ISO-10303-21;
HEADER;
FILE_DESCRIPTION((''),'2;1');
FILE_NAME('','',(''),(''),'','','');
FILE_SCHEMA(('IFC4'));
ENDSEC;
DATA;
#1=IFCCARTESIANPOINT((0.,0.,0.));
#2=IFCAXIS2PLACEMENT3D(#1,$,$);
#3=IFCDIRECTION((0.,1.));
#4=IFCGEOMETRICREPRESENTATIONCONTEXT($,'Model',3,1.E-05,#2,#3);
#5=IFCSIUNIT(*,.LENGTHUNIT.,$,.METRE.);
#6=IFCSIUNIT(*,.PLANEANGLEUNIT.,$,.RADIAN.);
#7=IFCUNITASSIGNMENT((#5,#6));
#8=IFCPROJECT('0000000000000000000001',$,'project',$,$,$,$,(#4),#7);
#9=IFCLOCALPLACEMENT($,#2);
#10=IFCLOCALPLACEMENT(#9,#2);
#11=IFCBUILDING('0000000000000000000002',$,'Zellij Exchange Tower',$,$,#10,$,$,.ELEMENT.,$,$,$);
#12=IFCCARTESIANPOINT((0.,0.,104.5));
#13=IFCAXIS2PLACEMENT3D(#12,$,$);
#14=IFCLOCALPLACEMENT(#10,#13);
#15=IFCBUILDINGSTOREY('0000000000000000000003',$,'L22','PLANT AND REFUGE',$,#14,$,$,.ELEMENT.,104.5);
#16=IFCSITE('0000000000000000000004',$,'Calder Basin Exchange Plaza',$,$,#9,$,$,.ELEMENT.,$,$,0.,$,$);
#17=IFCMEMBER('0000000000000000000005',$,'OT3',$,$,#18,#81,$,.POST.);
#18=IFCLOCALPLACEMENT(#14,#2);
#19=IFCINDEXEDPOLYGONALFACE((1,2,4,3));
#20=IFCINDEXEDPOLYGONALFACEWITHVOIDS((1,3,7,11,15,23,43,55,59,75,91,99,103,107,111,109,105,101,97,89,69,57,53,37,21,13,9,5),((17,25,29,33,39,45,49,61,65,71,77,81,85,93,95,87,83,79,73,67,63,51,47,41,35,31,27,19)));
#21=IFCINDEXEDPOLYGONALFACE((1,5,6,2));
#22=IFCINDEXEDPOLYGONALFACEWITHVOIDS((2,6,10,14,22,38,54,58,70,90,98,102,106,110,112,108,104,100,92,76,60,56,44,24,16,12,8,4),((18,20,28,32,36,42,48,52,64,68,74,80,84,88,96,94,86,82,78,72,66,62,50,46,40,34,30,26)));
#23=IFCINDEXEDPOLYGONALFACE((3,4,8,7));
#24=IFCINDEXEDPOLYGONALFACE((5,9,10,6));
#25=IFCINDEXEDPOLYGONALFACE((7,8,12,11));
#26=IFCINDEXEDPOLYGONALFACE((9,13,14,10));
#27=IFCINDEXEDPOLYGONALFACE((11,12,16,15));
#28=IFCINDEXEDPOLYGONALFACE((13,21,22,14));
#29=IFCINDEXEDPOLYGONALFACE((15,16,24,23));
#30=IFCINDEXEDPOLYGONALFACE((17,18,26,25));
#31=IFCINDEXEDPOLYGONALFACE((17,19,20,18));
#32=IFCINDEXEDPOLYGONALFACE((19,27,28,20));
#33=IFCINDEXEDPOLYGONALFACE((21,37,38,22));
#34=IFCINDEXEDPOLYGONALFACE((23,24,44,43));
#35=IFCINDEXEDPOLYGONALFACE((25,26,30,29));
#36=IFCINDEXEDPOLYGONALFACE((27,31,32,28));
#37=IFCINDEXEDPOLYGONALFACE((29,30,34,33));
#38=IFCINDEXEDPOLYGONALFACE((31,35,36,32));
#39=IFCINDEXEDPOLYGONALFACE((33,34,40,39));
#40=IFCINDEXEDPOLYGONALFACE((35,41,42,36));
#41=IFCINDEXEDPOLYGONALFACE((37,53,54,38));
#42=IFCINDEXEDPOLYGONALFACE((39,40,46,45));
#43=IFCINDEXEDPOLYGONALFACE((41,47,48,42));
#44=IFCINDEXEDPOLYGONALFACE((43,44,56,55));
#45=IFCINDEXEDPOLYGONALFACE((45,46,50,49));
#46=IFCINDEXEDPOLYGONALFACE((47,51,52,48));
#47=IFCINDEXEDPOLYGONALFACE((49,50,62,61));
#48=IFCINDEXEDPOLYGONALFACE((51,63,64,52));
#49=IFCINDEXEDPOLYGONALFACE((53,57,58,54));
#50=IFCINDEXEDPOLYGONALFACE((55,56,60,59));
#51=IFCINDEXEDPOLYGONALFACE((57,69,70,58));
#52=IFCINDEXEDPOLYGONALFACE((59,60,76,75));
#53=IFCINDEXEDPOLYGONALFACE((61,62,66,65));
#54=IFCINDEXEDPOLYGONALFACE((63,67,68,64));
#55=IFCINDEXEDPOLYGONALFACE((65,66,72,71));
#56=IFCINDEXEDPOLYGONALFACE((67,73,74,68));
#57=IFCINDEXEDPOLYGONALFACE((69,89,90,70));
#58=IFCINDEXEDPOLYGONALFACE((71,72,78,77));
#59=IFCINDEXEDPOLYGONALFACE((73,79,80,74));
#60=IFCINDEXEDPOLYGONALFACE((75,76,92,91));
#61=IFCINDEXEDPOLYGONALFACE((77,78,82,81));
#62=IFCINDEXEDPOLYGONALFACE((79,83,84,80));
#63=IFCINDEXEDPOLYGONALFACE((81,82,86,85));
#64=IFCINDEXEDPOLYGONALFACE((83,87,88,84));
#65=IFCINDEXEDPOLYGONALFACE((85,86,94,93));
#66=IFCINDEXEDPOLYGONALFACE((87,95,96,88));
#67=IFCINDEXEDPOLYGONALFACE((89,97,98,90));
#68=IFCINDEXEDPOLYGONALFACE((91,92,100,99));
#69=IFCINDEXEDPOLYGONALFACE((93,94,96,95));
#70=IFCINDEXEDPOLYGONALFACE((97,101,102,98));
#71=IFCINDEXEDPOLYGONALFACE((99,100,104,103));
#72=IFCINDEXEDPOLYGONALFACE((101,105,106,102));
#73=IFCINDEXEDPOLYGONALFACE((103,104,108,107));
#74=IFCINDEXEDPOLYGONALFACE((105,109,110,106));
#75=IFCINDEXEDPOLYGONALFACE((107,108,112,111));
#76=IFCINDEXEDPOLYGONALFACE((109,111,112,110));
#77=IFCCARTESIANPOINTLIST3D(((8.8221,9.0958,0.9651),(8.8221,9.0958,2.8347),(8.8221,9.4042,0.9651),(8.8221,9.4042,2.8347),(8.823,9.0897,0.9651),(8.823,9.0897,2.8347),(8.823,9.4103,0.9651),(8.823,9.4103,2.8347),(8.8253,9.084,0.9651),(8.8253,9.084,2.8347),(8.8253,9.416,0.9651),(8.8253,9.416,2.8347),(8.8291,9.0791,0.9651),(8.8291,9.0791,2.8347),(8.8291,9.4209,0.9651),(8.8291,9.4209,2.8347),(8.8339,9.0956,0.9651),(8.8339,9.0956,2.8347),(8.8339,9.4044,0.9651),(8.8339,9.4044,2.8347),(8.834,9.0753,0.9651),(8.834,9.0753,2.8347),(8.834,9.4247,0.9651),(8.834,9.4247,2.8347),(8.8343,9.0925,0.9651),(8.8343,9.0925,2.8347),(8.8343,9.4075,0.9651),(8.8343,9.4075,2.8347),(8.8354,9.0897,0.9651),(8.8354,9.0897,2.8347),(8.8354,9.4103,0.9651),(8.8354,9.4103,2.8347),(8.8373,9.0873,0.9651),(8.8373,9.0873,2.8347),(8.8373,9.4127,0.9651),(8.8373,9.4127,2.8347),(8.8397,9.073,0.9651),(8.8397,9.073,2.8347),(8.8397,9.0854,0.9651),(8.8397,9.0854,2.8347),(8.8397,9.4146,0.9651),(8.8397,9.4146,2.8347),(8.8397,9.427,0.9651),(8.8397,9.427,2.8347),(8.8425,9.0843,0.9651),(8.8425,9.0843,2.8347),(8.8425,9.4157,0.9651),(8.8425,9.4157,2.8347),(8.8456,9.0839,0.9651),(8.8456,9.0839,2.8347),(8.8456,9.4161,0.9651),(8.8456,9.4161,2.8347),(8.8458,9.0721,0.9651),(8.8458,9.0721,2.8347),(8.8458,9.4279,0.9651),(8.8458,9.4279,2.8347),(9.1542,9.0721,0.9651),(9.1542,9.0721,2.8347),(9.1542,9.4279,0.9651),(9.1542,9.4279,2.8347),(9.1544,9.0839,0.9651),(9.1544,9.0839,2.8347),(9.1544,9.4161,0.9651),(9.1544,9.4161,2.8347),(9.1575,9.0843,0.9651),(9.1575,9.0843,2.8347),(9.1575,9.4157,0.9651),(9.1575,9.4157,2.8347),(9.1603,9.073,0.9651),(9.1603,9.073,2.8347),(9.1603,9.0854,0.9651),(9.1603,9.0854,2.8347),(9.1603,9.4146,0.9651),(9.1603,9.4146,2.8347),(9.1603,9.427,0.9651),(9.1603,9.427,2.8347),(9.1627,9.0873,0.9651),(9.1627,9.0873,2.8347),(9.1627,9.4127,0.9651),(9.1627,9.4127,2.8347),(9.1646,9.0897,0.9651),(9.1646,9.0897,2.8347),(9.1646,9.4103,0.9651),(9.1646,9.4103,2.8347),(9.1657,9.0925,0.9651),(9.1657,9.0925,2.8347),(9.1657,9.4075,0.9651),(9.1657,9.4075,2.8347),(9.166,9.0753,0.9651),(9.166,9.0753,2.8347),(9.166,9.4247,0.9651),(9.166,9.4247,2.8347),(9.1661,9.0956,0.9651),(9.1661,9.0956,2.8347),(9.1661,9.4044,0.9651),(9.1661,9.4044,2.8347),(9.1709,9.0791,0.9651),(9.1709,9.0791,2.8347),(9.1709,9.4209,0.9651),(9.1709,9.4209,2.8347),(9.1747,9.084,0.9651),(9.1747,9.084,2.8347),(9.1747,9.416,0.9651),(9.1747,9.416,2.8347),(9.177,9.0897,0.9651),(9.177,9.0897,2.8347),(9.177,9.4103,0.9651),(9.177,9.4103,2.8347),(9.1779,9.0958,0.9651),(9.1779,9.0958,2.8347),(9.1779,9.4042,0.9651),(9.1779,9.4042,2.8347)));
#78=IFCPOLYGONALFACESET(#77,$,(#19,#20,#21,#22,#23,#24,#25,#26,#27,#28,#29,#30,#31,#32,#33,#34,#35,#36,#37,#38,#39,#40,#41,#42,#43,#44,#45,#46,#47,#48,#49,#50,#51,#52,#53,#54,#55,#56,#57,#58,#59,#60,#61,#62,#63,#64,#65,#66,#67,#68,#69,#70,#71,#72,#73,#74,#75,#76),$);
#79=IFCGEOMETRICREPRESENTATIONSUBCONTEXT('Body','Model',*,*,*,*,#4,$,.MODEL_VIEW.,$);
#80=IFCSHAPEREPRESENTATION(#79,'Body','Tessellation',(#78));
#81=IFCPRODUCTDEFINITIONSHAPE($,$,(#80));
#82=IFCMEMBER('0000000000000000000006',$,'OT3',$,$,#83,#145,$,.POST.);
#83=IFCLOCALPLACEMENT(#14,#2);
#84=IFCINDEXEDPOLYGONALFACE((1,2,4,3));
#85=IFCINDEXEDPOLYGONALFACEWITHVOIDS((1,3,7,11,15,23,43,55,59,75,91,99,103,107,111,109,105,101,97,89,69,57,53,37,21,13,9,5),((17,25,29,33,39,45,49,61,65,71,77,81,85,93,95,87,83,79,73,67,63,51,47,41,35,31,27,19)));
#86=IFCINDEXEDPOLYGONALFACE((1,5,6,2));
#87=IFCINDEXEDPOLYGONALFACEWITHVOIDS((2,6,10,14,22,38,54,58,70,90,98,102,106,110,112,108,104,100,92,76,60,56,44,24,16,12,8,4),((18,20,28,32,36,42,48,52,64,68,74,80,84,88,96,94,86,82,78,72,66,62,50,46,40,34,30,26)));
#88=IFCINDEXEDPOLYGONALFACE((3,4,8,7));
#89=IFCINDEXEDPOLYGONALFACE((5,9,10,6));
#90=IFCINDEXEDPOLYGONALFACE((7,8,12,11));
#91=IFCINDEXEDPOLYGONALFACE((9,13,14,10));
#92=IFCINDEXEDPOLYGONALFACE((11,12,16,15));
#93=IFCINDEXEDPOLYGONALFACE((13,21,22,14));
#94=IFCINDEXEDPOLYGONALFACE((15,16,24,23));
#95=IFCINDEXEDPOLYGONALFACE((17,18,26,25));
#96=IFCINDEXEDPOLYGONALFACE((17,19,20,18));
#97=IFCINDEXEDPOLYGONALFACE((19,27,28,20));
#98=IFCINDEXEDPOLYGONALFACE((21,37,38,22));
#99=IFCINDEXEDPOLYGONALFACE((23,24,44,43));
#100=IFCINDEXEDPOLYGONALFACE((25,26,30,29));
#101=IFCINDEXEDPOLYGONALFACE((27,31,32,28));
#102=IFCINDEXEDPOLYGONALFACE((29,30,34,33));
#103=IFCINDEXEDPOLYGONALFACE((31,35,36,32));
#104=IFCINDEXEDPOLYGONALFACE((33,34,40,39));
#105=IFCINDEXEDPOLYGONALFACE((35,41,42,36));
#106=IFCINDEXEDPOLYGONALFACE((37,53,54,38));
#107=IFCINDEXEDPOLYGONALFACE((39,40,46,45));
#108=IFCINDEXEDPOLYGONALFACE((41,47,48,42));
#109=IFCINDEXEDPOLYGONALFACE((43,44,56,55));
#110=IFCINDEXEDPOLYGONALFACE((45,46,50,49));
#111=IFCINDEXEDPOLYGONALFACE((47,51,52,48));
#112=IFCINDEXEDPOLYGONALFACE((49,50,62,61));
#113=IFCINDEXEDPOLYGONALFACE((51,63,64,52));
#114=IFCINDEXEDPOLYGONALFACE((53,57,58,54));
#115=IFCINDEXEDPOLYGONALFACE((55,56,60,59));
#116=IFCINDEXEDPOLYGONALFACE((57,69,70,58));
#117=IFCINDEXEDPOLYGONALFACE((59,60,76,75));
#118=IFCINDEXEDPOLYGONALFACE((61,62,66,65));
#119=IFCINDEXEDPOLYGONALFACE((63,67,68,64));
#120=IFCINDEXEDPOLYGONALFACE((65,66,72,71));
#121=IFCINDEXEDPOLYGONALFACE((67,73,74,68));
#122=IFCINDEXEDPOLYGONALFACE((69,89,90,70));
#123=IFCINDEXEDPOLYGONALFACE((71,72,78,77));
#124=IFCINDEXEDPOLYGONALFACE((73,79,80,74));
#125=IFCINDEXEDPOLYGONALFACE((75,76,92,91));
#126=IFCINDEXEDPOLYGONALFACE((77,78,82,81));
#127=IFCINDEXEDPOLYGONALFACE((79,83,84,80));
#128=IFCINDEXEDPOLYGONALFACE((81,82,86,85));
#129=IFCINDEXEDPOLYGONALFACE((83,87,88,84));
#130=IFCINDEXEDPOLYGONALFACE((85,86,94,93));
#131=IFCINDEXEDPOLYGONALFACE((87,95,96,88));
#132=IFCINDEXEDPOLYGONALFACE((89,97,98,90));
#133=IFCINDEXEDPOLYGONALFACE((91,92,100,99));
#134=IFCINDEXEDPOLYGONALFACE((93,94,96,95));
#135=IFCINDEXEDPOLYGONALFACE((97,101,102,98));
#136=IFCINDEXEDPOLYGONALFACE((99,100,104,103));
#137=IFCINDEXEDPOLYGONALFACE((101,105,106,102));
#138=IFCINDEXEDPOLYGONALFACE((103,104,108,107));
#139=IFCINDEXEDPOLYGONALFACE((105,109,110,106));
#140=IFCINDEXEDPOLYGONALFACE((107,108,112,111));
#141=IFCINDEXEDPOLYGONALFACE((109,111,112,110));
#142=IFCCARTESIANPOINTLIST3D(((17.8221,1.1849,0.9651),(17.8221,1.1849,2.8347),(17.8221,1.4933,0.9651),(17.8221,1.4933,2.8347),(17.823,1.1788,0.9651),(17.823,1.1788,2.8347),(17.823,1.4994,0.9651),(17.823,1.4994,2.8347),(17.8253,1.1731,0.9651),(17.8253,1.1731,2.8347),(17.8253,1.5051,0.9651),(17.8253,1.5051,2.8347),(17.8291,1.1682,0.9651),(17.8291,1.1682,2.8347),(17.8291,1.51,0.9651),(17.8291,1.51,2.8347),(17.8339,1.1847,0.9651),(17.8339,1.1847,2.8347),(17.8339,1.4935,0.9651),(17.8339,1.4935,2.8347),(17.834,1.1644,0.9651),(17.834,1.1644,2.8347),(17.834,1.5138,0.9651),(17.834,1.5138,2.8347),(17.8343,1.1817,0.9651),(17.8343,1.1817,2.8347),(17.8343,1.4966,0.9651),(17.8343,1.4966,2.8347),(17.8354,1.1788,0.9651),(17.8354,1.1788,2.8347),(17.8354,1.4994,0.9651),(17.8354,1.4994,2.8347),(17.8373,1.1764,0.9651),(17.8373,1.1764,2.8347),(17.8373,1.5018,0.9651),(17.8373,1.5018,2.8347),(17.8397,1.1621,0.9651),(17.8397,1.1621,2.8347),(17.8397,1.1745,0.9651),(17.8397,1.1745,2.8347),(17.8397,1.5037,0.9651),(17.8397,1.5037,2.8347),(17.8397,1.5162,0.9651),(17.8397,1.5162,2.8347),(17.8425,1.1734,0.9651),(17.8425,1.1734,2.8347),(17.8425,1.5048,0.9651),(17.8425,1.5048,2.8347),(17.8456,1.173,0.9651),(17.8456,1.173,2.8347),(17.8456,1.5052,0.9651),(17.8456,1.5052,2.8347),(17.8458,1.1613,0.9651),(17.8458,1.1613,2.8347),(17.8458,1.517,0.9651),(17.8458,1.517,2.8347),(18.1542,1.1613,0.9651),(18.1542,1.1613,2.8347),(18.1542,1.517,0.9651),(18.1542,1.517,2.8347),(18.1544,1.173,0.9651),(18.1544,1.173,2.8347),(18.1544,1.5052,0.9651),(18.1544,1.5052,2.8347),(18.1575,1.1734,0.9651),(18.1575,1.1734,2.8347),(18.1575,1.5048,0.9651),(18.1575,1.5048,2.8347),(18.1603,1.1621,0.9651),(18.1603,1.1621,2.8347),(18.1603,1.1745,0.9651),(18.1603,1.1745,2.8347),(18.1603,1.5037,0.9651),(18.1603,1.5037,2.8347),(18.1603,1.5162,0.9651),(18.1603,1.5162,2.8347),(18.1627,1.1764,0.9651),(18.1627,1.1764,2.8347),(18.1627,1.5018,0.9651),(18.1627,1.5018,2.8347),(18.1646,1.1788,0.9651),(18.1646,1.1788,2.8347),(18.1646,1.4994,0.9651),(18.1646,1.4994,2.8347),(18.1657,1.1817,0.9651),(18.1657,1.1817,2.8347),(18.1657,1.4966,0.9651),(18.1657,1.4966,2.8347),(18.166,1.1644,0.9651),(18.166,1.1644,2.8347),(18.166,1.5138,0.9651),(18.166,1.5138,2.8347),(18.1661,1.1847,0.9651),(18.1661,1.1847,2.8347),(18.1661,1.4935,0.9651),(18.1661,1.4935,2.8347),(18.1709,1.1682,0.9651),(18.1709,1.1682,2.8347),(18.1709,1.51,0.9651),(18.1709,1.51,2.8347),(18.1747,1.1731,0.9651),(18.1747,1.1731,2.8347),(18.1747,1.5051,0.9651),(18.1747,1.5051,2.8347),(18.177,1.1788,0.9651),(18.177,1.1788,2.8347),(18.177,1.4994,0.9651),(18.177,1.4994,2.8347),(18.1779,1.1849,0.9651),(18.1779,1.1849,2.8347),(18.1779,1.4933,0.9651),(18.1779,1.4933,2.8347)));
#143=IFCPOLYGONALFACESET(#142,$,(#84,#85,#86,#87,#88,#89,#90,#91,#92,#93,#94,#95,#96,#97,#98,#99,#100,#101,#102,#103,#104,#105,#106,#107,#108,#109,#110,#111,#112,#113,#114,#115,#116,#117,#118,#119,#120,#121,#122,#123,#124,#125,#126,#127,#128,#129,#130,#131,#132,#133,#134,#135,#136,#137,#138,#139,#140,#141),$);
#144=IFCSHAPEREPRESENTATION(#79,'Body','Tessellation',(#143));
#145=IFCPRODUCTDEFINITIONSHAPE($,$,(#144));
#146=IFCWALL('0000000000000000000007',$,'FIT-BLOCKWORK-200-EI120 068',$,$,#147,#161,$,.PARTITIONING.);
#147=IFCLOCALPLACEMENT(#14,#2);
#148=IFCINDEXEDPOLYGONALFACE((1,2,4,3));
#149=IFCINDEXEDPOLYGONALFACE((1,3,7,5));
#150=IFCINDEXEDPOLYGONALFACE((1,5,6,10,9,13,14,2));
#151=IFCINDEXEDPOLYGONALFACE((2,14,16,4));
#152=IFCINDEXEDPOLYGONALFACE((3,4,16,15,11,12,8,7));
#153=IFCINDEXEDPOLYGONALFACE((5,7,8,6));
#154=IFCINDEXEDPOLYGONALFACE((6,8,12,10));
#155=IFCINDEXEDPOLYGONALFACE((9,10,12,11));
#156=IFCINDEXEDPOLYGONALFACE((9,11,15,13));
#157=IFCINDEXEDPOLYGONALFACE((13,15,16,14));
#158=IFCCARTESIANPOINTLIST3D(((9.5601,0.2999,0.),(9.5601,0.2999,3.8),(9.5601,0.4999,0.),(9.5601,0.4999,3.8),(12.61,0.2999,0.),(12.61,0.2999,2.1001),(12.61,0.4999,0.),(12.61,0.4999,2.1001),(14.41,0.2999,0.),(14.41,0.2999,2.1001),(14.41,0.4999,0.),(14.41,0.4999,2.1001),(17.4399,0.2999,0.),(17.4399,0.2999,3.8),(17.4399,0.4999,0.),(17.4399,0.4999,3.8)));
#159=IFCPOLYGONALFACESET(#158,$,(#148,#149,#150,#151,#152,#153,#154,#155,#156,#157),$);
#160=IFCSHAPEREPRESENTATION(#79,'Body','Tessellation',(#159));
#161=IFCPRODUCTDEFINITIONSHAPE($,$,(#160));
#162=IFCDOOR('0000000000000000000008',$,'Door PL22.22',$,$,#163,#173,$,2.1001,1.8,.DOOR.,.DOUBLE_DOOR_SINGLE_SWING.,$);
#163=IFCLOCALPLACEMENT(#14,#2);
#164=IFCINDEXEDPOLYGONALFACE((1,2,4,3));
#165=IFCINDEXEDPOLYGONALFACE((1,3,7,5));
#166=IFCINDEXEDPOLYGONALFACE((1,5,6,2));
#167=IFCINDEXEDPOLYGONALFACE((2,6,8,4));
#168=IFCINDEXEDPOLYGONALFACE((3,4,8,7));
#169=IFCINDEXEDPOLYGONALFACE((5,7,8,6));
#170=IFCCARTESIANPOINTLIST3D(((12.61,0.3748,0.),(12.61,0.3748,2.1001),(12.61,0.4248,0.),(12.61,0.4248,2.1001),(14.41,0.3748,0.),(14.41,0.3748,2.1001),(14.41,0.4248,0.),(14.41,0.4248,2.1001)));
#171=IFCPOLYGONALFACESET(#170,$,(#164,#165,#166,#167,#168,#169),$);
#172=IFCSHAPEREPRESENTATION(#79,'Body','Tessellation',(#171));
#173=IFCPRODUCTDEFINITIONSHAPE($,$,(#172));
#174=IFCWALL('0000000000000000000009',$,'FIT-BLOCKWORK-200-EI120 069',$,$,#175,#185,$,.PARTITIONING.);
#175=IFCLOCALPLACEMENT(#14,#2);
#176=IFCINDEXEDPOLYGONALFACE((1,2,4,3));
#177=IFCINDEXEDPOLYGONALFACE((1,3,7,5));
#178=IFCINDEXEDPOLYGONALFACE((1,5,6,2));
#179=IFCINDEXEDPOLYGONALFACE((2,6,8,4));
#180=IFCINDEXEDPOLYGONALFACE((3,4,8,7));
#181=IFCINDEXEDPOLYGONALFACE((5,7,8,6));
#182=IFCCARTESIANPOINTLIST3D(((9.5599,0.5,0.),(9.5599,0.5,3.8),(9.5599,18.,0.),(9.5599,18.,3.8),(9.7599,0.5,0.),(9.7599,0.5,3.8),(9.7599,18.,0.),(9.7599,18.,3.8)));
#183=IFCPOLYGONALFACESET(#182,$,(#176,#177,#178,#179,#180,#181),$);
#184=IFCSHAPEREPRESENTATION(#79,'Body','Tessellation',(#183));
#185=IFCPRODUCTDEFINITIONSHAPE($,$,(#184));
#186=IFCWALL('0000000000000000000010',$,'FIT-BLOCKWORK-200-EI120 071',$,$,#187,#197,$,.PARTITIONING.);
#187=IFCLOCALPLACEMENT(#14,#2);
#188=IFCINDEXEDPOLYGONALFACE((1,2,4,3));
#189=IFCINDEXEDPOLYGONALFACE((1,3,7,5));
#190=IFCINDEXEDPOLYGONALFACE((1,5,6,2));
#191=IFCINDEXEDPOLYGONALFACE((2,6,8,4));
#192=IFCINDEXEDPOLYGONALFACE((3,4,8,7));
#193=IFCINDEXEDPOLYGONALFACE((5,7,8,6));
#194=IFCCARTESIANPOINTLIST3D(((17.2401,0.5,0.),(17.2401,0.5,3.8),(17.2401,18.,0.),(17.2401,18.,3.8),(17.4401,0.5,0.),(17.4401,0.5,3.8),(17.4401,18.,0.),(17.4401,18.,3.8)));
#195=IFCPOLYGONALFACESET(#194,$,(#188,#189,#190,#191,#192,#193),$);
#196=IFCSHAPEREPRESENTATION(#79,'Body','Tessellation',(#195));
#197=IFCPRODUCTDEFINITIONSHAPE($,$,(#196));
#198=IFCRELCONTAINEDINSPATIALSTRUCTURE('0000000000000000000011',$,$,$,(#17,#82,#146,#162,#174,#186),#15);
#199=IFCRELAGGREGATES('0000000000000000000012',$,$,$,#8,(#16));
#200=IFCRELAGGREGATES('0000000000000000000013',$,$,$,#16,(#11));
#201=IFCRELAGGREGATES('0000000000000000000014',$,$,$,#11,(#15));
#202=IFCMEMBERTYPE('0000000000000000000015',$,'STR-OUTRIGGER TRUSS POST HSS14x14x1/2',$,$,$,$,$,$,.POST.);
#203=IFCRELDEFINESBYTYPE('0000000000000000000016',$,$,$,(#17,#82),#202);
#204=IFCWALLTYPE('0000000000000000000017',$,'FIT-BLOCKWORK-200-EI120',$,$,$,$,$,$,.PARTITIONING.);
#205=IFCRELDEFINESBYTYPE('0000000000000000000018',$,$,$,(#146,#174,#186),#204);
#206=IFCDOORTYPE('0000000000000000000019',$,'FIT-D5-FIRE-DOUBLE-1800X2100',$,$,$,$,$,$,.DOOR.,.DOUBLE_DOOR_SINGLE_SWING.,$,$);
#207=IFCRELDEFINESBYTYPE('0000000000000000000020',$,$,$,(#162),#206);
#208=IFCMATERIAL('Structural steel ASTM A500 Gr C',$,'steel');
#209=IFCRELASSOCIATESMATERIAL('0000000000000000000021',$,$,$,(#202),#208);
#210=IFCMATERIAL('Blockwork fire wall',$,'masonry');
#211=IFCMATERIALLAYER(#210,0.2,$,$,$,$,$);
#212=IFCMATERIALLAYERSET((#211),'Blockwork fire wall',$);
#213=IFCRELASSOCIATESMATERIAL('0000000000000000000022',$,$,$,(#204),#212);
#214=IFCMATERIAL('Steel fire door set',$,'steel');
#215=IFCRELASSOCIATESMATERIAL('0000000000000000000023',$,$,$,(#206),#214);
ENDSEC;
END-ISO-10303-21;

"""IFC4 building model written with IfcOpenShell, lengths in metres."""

from ifc_helpers import new_model, si_unit, direction, frame, frame_2d, origin, origin_2d, place, context, subcontext, project, spatial, rectangle, hollow_rectangle, extrude, material, layer, layer_set, material_profile, profile_set, type_object, element, fill, save


model = new_model("IFC4")

# Units and contexts
model_context = context("Model", 3, precision=1e-05, world=origin(), true_north=direction((0.0, 1.0)))
body_context = subcontext(model_context, "Body", "Model", "MODEL_VIEW")
ifc_project = project(units=[si_unit("LENGTHUNIT", "METRE"), si_unit("PLANEANGLEUNIT", "RADIAN")], contexts=[model_context])

# Site, building, storey
site_placement = place(None, origin())
site = spatial("IfcSite", under=ifc_project, at=site_placement, Name="Calder Basin Exchange Plaza", CompositionType="ELEMENT", RefElevation=0.0)
building_placement = place(site_placement, origin())
building = spatial("IfcBuilding", under=site, at=building_placement, Name="Zellij Exchange Tower", CompositionType="ELEMENT")
storey_placement = place(building_placement, frame((0.0, 0.0, 104.5)))
storey = spatial("IfcBuildingStorey", under=building, at=storey_placement, Name="L22", Description="PLANT AND REFUGE", CompositionType="ELEMENT", Elevation=104.5)

# Members
ifc_material_1 = material(Name="Structural steel ASTM A500 Gr C", Category="steel")
ifc_material_profile_1 = material_profile(ifc_material_1, hollow_rectangle(XDim=0.3557, YDim=0.3557, WallThickness=0.0117, InnerFilletRadius=0.0117, OuterFilletRadius=0.0237, at=origin_2d()), Name="STR-OUTRIGGER TRUSS POST HSS14x14x1/2")
ifc_profile_set_1 = profile_set([ifc_material_profile_1], Name="Structural steel ASTM A500 Gr C")
member_type_1 = type_object("IfcMemberType", Name="STR-OUTRIGGER TRUSS POST HSS14x14x1/2", PredefinedType="POST", material=ifc_profile_set_1)
for number, where, z_axis, x_axis, name in (
    (1, (9.0, 9.25, 0.9651), (0.0, 0.0, 1.0), (1.0, 0.0, 0.0), "OT3"),
    (2, (18.0, 1.3391, 0.9651), (0.0, 0.0, 1.0), (1.0, 0.0, 0.0), "OT3"),
):
    element("IfcMember", number, at=place(storey_placement, frame(where, z_axis=z_axis, x_axis=x_axis)), inside=storey, type_object=member_type_1, Name=name, PredefinedType="POST", context=body_context, shape_type="SweptSolid", body=[
        extrude(hollow_rectangle(XDim=0.3557, YDim=0.3557, WallThickness=0.0117, InnerFilletRadius=0.0117, OuterFilletRadius=0.0237, at=origin_2d()), origin(), (0.0, 0.0, 1.0), 1.8696),
    ])

# Wall, opening, door
ifc_material_2 = material(Name="Blockwork fire wall", Category="masonry")
ifc_layer_1 = layer(ifc_material_2, 0.2)
ifc_layer_set_1 = layer_set([ifc_layer_1], Name="Blockwork fire wall")
wall_type_1 = type_object("IfcWallType", Name="FIT-BLOCKWORK-200-EI120", PredefinedType="PARTITIONING", material=ifc_layer_set_1)
wall_1_placement = place(storey_placement, frame((9.5601, 0.3999, 0.0), z_axis=(0.0, 0.0, 1.0), x_axis=(1.0, 0.0, 0.0)))
wall_1 = element("IfcWall", 3, at=wall_1_placement, inside=storey, type_object=wall_type_1, Name="FIT-BLOCKWORK-200-EI120 068", PredefinedType="PARTITIONING", context=body_context, shape_type="SweptSolid", body=[
    extrude(rectangle(XDim=7.8799, YDim=0.2, at=frame_2d((3.9399, 0.0))), origin(), (0.0, 0.0, 1.0), 3.8),
])
opening_1_placement = place(wall_1_placement, frame((3.05, 0.0, 0.0)))
opening_1 = element("IfcOpeningElement", 4, at=opening_1_placement, cuts=wall_1, PredefinedType="OPENING", context=body_context, shape_type="SweptSolid", body=[
    extrude(rectangle(XDim=1.8, YDim=2.1001, at=frame_2d((0.8999, 1.05))), frame((0.0, 0.1118, 0.0), z_axis=(0.0, -1.0, 0.0), x_axis=(1.0, 0.0, 0.0)), (0.0, 0.0, 1.0), 0.2239),
])
ifc_material_3 = material(Name="Steel fire door set", Category="steel")
door_type_1 = type_object("IfcDoorType", Name="FIT-D5-FIRE-DOUBLE-1800X2100", OperationType="DOUBLE_DOOR_SINGLE_SWING", PredefinedType="DOOR", material=ifc_material_3)
door_1_placement = place(opening_1_placement, origin())
door_1 = element("IfcDoor", 5, at=door_1_placement, inside=storey, type_object=door_type_1, Name="Door PL22.22", OperationType="DOUBLE_DOOR_SINGLE_SWING", OverallHeight=2.1001, OverallWidth=1.8, PredefinedType="DOOR", context=body_context, shape_type="SweptSolid", body=[
    extrude(rectangle(XDim=1.8, YDim=2.1001, at=frame_2d((0.8999, 1.05))), frame((0.0, 0.0249, 0.0), z_axis=(0.0, -1.0, 0.0), x_axis=(1.0, 0.0, 0.0)), (0.0, 0.0, 1.0), 0.05),
])
fill(opening_1, door_1)

# Walls
for number, where, z_axis, x_axis, name in (
    (6, (9.6599, 0.5, 0.0), (0.0, 0.0, 1.0), (0.0, 1.0, 0.0), "FIT-BLOCKWORK-200-EI120 069"),
    (7, (17.3401, 0.5, 0.0), (0.0, 0.0, 1.0), (0.0, 1.0, 0.0), "FIT-BLOCKWORK-200-EI120 071"),
):
    element("IfcWall", number, at=place(storey_placement, frame(where, z_axis=z_axis, x_axis=x_axis)), inside=storey, type_object=wall_type_1, Name=name, PredefinedType="PARTITIONING", context=body_context, shape_type="SweptSolid", body=[
        extrude(rectangle(XDim=17.5, YDim=0.2, at=frame_2d((8.75, 0.0))), origin(), (0.0, 0.0, 1.0), 3.8),
    ])

save(model, "model.ifc")
